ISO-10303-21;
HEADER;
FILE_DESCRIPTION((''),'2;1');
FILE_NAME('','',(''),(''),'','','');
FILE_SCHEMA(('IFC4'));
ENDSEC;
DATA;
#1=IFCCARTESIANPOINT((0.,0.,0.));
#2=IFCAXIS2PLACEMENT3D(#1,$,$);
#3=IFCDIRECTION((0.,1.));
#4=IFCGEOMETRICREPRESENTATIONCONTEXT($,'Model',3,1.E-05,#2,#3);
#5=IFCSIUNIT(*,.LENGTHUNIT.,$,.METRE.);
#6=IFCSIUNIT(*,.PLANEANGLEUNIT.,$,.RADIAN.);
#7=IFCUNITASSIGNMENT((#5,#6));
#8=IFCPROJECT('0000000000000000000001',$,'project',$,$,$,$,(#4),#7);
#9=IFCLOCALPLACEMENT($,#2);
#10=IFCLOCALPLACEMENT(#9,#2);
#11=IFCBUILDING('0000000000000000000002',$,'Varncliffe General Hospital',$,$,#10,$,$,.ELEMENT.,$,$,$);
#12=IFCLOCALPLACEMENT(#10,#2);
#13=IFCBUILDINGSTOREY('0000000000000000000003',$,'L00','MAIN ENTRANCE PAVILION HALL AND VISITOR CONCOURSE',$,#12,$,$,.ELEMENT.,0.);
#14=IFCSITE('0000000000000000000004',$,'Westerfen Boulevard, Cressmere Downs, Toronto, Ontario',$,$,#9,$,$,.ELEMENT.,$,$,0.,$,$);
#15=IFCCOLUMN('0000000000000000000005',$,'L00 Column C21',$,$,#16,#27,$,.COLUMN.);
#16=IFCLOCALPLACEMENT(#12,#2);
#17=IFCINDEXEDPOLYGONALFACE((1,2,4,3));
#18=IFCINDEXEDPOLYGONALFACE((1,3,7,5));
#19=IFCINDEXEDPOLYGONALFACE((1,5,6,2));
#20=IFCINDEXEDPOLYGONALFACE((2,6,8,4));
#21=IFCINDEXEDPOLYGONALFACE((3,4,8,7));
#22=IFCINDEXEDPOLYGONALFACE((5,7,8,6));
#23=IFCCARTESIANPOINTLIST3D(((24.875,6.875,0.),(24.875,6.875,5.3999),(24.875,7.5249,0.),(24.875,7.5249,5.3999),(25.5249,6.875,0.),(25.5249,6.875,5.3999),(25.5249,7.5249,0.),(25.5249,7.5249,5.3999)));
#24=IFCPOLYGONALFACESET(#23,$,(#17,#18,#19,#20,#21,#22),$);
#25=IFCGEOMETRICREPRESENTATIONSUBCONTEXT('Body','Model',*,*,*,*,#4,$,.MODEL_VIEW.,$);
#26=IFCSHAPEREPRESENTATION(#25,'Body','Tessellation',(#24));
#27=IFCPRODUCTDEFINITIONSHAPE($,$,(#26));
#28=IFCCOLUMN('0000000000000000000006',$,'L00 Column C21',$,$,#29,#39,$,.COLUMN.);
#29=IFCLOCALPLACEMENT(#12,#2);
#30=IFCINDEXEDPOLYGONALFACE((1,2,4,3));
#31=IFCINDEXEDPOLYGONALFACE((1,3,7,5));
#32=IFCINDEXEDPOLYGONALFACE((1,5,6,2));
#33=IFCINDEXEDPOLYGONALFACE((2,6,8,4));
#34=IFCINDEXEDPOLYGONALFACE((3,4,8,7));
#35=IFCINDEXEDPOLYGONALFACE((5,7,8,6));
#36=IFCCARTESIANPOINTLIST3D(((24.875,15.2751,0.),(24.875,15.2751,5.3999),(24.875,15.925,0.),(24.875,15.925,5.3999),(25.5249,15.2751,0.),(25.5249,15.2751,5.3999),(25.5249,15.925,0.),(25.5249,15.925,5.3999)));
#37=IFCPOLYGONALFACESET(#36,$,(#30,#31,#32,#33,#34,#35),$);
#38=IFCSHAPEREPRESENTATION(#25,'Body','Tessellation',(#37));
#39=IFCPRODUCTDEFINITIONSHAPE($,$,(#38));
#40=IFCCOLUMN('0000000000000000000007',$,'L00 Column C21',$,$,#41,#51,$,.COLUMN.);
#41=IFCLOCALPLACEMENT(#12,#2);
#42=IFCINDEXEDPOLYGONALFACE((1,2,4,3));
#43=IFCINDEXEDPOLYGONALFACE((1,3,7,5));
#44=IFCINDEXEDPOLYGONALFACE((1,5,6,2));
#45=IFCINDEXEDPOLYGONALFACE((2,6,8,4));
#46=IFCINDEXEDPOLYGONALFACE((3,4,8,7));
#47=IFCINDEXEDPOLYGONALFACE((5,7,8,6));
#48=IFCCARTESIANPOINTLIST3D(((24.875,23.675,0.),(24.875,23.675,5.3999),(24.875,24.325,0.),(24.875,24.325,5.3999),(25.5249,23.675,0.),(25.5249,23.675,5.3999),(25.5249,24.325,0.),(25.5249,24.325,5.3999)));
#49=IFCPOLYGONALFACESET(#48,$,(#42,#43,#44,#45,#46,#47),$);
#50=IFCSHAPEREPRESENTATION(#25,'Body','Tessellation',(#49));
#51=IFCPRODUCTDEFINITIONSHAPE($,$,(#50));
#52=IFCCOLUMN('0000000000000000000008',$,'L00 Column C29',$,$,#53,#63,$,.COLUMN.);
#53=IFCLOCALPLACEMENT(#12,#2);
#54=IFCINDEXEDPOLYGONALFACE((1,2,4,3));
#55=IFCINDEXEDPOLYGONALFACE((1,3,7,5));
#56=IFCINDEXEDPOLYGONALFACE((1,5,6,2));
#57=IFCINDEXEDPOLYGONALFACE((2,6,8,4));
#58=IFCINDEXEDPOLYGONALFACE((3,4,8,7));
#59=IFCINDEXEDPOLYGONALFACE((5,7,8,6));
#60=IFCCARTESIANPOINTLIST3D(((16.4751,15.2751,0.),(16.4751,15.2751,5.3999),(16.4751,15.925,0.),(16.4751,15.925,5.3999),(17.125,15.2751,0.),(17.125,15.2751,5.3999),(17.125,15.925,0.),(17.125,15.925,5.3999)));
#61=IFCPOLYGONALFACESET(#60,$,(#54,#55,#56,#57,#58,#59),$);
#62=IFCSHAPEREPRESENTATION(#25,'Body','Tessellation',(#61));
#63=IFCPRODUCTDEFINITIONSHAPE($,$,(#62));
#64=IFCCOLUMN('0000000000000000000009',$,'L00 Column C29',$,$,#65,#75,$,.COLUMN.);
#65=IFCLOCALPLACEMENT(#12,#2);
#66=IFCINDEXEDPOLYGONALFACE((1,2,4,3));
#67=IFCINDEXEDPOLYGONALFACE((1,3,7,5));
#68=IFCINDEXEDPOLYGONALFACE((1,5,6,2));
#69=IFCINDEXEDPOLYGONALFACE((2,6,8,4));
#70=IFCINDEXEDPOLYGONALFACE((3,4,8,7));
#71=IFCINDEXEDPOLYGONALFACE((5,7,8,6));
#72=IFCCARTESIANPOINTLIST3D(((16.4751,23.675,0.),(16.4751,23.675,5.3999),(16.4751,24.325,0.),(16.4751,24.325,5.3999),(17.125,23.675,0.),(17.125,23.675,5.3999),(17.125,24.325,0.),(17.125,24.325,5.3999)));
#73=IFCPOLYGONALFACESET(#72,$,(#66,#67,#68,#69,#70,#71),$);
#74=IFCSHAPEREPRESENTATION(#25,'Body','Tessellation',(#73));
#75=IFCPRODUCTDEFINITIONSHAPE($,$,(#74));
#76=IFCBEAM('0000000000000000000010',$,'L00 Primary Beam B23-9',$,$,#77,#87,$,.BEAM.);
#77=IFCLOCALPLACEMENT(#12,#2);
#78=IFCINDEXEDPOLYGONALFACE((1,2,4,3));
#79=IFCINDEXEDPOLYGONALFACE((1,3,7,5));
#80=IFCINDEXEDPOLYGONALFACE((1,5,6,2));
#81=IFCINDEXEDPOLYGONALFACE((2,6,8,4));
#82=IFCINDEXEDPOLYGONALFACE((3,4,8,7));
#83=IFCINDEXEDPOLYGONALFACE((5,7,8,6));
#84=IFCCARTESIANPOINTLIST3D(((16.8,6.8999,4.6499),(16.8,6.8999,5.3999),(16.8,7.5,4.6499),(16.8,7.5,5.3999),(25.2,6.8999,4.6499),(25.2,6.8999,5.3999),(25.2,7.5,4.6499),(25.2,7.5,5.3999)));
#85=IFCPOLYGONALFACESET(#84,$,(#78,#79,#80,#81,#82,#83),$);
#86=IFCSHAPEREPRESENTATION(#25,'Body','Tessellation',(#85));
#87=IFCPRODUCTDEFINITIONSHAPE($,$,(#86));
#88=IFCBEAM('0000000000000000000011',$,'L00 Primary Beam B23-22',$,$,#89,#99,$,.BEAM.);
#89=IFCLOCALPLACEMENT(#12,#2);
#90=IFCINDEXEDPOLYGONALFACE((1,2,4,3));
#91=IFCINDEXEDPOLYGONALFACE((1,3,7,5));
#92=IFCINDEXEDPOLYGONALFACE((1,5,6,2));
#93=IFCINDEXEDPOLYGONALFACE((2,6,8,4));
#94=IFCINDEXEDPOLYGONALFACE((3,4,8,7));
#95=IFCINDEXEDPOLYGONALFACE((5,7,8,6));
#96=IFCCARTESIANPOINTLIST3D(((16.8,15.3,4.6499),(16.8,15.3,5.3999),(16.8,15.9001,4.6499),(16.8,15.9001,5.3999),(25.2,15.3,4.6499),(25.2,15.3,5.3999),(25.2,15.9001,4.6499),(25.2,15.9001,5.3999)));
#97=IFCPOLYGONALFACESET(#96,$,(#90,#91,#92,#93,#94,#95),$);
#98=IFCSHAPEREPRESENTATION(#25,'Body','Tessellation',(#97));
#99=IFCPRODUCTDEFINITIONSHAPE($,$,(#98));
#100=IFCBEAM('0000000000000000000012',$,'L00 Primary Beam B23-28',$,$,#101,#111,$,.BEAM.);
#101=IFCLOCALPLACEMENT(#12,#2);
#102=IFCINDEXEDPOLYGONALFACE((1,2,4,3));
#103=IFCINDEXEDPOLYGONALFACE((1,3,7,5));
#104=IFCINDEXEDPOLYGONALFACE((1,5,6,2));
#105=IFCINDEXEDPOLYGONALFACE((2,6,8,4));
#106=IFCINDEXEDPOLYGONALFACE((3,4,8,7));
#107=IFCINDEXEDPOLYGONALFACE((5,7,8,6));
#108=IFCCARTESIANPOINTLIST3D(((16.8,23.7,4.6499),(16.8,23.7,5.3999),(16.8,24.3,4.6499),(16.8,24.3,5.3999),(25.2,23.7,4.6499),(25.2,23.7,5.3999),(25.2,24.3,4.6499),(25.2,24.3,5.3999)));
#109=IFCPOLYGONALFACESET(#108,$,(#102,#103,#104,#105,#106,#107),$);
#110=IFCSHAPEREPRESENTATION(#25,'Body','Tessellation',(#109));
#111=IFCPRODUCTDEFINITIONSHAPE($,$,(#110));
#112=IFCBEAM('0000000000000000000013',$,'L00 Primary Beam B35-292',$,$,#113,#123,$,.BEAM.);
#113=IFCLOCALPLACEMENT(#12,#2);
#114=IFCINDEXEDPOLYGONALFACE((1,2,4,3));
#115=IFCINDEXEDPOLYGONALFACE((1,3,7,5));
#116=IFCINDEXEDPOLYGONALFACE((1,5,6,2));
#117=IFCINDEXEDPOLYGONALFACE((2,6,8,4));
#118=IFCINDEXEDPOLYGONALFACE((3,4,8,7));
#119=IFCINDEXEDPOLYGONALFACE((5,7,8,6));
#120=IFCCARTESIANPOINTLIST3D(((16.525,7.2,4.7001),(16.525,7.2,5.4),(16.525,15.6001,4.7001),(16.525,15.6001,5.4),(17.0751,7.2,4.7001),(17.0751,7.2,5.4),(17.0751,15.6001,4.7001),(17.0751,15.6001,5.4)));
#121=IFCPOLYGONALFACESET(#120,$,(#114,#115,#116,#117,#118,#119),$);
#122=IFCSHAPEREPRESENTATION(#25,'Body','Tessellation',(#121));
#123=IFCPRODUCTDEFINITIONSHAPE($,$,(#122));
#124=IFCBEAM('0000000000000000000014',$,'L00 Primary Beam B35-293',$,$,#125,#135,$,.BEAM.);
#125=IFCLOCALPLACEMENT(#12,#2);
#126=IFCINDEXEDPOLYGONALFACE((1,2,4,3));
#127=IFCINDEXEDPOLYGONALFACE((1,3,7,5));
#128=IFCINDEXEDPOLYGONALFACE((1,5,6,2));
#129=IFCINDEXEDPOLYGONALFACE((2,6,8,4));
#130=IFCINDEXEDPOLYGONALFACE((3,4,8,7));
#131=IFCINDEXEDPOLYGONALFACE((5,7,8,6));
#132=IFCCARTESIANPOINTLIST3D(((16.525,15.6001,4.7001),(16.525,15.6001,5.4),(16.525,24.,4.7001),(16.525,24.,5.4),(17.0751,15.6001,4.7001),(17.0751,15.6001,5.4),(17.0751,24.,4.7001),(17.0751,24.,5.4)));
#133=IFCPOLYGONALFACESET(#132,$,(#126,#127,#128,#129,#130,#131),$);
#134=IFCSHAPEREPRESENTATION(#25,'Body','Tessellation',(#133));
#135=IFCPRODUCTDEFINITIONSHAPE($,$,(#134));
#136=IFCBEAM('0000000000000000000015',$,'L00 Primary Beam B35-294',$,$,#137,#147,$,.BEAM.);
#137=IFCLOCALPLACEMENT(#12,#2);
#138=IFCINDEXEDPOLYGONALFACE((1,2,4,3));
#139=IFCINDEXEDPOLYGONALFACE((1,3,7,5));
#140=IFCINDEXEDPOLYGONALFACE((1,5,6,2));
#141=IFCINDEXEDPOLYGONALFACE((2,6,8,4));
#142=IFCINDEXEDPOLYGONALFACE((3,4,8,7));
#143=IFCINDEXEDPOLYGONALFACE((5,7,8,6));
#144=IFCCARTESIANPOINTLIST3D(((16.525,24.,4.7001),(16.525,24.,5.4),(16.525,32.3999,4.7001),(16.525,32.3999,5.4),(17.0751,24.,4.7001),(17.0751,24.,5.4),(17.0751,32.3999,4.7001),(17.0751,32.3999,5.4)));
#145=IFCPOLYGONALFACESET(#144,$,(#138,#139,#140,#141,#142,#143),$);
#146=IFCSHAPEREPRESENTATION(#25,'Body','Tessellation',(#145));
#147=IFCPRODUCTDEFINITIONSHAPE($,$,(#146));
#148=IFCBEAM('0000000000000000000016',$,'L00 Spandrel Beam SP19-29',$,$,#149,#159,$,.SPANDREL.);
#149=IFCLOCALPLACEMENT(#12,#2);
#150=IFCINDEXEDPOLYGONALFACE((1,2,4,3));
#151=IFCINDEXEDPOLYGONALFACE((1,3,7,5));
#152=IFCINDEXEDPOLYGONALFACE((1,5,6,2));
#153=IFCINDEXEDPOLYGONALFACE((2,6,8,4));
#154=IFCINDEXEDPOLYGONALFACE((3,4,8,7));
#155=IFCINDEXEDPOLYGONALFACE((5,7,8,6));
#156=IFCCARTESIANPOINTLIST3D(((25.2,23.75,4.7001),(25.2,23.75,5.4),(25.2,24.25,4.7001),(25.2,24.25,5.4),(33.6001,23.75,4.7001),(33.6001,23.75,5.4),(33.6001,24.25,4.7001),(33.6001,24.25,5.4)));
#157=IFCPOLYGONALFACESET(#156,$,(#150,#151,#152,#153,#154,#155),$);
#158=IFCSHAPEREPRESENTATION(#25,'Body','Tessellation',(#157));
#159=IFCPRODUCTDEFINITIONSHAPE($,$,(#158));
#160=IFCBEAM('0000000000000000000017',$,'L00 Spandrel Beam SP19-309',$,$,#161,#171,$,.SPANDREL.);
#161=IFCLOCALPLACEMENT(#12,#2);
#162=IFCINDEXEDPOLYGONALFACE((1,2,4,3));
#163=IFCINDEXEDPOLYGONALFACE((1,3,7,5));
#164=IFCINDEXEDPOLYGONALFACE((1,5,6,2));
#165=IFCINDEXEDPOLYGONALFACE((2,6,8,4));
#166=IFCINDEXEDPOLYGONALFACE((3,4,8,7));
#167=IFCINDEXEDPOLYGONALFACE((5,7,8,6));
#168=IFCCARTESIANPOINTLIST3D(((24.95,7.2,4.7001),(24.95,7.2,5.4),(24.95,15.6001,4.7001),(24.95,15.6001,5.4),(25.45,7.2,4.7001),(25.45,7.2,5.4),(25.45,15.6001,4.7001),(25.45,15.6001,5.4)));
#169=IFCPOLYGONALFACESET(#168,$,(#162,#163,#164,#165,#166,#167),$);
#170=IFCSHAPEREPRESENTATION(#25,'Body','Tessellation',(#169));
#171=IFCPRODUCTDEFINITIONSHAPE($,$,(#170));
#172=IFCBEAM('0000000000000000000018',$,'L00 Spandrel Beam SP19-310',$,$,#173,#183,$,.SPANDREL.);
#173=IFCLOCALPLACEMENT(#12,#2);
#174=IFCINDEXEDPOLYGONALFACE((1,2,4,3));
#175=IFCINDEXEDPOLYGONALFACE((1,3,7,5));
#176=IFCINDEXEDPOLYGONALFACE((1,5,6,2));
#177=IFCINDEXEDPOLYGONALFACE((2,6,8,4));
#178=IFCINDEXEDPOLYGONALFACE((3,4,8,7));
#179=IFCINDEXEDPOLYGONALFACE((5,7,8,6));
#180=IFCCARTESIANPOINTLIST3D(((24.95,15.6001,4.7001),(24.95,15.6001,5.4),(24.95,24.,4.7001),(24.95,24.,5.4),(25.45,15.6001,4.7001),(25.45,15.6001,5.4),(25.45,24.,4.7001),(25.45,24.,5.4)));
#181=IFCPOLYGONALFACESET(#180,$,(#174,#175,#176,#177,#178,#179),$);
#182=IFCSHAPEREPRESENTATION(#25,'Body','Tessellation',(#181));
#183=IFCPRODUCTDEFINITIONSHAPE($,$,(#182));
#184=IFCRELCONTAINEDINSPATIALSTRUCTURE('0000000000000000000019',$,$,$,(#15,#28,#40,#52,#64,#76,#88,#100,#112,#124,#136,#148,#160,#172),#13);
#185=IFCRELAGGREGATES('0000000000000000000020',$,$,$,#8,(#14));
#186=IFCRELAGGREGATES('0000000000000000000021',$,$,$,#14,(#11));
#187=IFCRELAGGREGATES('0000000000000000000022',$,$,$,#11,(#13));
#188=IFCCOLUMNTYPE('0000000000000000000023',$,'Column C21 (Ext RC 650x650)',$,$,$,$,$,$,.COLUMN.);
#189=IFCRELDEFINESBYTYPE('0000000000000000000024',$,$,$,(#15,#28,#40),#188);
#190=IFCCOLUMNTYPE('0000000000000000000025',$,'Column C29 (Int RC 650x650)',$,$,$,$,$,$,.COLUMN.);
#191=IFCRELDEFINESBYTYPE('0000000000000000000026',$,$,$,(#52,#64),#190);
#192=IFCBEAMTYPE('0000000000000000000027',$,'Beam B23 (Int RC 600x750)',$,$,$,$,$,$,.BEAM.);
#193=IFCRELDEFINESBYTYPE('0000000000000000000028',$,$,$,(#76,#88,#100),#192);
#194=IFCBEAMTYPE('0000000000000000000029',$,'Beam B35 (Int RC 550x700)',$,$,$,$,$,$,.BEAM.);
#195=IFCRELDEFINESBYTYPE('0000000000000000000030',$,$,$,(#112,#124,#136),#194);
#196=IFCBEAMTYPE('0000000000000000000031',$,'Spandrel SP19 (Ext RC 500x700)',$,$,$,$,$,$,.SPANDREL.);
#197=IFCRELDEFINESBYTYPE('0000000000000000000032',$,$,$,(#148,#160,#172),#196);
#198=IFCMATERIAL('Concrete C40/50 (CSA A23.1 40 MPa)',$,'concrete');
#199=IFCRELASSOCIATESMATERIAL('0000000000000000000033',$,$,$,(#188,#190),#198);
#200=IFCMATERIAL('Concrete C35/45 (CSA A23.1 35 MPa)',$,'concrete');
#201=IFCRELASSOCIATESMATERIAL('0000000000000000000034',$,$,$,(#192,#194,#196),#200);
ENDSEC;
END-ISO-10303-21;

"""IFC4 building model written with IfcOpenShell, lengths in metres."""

from ifc_helpers import new_model, si_unit, direction, frame, origin, origin_2d, place, context, subcontext, project, spatial, rectangle, extrude, material, material_profile, profile_set, type_object, element, save


model = new_model("IFC4")

# Units and contexts
model_context = context("Model", 3, precision=1e-05, world=origin(), true_north=direction((0.0, 1.0)))
body_context = subcontext(model_context, "Body", "Model", "MODEL_VIEW")
ifc_project = project(units=[si_unit("LENGTHUNIT", "METRE"), si_unit("PLANEANGLEUNIT", "RADIAN")], contexts=[model_context])

# Site, building, storey
site_placement = place(None, origin())
site = spatial("IfcSite", under=ifc_project, at=site_placement, Name="Westerfen Boulevard, Cressmere Downs, Toronto, Ontario", CompositionType="ELEMENT", RefElevation=0.0)
building_placement = place(site_placement, origin())
building = spatial("IfcBuilding", under=site, at=building_placement, Name="Varncliffe General Hospital", CompositionType="ELEMENT")
storey_placement = place(building_placement, origin())
storey = spatial("IfcBuildingStorey", under=building, at=storey_placement, Name="L00", Description="MAIN ENTRANCE PAVILION HALL AND VISITOR CONCOURSE", CompositionType="ELEMENT", Elevation=0.0)

# Columns
ifc_material_1 = material(Name="Concrete C40/50 (CSA A23.1 40 MPa)", Category="concrete")
ifc_material_profile_1 = material_profile(ifc_material_1, rectangle(XDim=0.6499, YDim=0.6499, at=origin_2d()), Name="RC 650x650")
ifc_profile_set_1 = profile_set([ifc_material_profile_1], Name="Concrete C40/50 (CSA A23.1 40 MPa)")
column_type_1 = type_object("IfcColumnType", Name="Column C21 (Ext RC 650x650)", PredefinedType="COLUMN", material=ifc_profile_set_1)
for number, where, z_axis, x_axis, name in (
    (1, (25.2, 7.2, 0.0), (0.0, 0.0, 1.0), (1.0, 0.0, 0.0), "L00 Column C21"),
    (2, (25.2, 15.6001, 0.0), (0.0, 0.0, 1.0), (1.0, 0.0, 0.0), "L00 Column C21"),
    (3, (25.2, 24.0, 0.0), (0.0, 0.0, 1.0), (1.0, 0.0, 0.0), "L00 Column C21"),
):
    element("IfcColumn", number, at=place(storey_placement, frame(where, z_axis=z_axis, x_axis=x_axis)), inside=storey, type_object=column_type_1, Name=name, PredefinedType="COLUMN", context=body_context, shape_type="SweptSolid", body=[
        extrude(rectangle(XDim=0.6499, YDim=0.6499, at=origin_2d()), origin(), (0.0, 0.0, 1.0), 5.3999),
    ])
ifc_material_profile_2 = material_profile(ifc_material_1, rectangle(XDim=0.6499, YDim=0.6499, at=origin_2d()), Name="RC 650x650")
ifc_profile_set_2 = profile_set([ifc_material_profile_2], Name="Concrete C40/50 (CSA A23.1 40 MPa)")
column_type_2 = type_object("IfcColumnType", Name="Column C29 (Int RC 650x650)", PredefinedType="COLUMN", material=ifc_profile_set_2)
for number, where, z_axis, x_axis, name in (
    (4, (16.8, 15.6001, 0.0), (0.0, 0.0, 1.0), (1.0, 0.0, 0.0), "L00 Column C29"),
    (5, (16.8, 24.0, 0.0), (0.0, 0.0, 1.0), (1.0, 0.0, 0.0), "L00 Column C29"),
):
    element("IfcColumn", number, at=place(storey_placement, frame(where, z_axis=z_axis, x_axis=x_axis)), inside=storey, type_object=column_type_2, Name=name, PredefinedType="COLUMN", context=body_context, shape_type="SweptSolid", body=[
        extrude(rectangle(XDim=0.6499, YDim=0.6499, at=origin_2d()), origin(), (0.0, 0.0, 1.0), 5.3999),
    ])

# Beams
ifc_material_2 = material(Name="Concrete C35/45 (CSA A23.1 35 MPa)", Category="concrete")
ifc_material_profile_3 = material_profile(ifc_material_2, rectangle(XDim=0.6001, YDim=0.75, at=origin_2d()), Name="RC 600x750")
ifc_profile_set_3 = profile_set([ifc_material_profile_3], Name="Concrete C35/45 (CSA A23.1 35 MPa)")
beam_type_1 = type_object("IfcBeamType", Name="Beam B23 (Int RC 600x750)", PredefinedType="BEAM", material=ifc_profile_set_3)
for number, where, z_axis, x_axis, name in (
    (6, (16.8, 7.2, 5.0249), (1.0, 0.0, 0.0), (0.0, 1.0, 0.0), "L00 Primary Beam B23-9"),
    (7, (16.8, 15.6001, 5.0249), (1.0, 0.0, 0.0), (0.0, 1.0, 0.0), "L00 Primary Beam B23-22"),
    (8, (16.8, 24.0, 5.0249), (1.0, 0.0, 0.0), (0.0, 1.0, 0.0), "L00 Primary Beam B23-28"),
):
    element("IfcBeam", number, at=place(storey_placement, frame(where, z_axis=z_axis, x_axis=x_axis)), inside=storey, type_object=beam_type_1, Name=name, PredefinedType="BEAM", context=body_context, shape_type="SweptSolid", body=[
        extrude(rectangle(XDim=0.6001, YDim=0.75, at=origin_2d()), origin(), (0.0, 0.0, 1.0), 8.3999),
    ])
ifc_material_profile_4 = material_profile(ifc_material_2, rectangle(XDim=0.55, YDim=0.7, at=origin_2d()), Name="RC 550x700")
ifc_profile_set_4 = profile_set([ifc_material_profile_4], Name="Concrete C35/45 (CSA A23.1 35 MPa)")
beam_type_2 = type_object("IfcBeamType", Name="Beam B35 (Int RC 550x700)", PredefinedType="BEAM", material=ifc_profile_set_4)
beam_1_placement = place(storey_placement, frame((16.8, 7.2, 5.05), z_axis=(0.0, 1.0, 0.0), x_axis=(-1.0, 0.0, 0.0)))
element("IfcBeam", 9, at=beam_1_placement, inside=storey, type_object=beam_type_2, Name="L00 Primary Beam B35-292", PredefinedType="BEAM", context=body_context, shape_type="SweptSolid", body=[
    extrude(rectangle(XDim=0.55, YDim=0.7, at=origin_2d()), origin(), (0.0, 0.0, 1.0), 8.4001),
])
for number, where, z_axis, x_axis, name in (
    (10, (16.8, 15.6001, 5.05), (0.0, 1.0, 0.0), (-1.0, 0.0, 0.0), "L00 Primary Beam B35-293"),
    (11, (16.8, 24.0, 5.05), (0.0, 1.0, 0.0), (-1.0, 0.0, 0.0), "L00 Primary Beam B35-294"),
):
    element("IfcBeam", number, at=place(storey_placement, frame(where, z_axis=z_axis, x_axis=x_axis)), inside=storey, type_object=beam_type_2, Name=name, PredefinedType="BEAM", context=body_context, shape_type="SweptSolid", body=[
        extrude(rectangle(XDim=0.55, YDim=0.7, at=origin_2d()), origin(), (0.0, 0.0, 1.0), 8.3999),
    ])
ifc_material_profile_5 = material_profile(ifc_material_2, rectangle(XDim=0.5, YDim=0.7, at=origin_2d()), Name="RC 500x700")
ifc_profile_set_5 = profile_set([ifc_material_profile_5], Name="Concrete C35/45 (CSA A23.1 35 MPa)")
beam_type_3 = type_object("IfcBeamType", Name="Spandrel SP19 (Ext RC 500x700)", PredefinedType="SPANDREL", material=ifc_profile_set_5)
for number, where, z_axis, x_axis, name in (
    (12, (25.2, 24.0, 5.05), (1.0, 0.0, 0.0), (0.0, 1.0, 0.0), "L00 Spandrel Beam SP19-29"),
    (13, (25.2, 7.2, 5.05), (0.0, 1.0, 0.0), (-1.0, 0.0, 0.0), "L00 Spandrel Beam SP19-309"),
):
    element("IfcBeam", number, at=place(storey_placement, frame(where, z_axis=z_axis, x_axis=x_axis)), inside=storey, type_object=beam_type_3, Name=name, PredefinedType="SPANDREL", context=body_context, shape_type="SweptSolid", body=[
        extrude(rectangle(XDim=0.5, YDim=0.7, at=origin_2d()), origin(), (0.0, 0.0, 1.0), 8.4001),
    ])
beam_2_placement = place(storey_placement, frame((25.2, 15.6001, 5.05), z_axis=(0.0, 1.0, 0.0), x_axis=(-1.0, 0.0, 0.0)))
element("IfcBeam", 14, at=beam_2_placement, inside=storey, type_object=beam_type_3, Name="L00 Spandrel Beam SP19-310", PredefinedType="SPANDREL", context=body_context, shape_type="SweptSolid", body=[
    extrude(rectangle(XDim=0.5, YDim=0.7, at=origin_2d()), origin(), (0.0, 0.0, 1.0), 8.3999),
])

save(model, "model.ifc")
